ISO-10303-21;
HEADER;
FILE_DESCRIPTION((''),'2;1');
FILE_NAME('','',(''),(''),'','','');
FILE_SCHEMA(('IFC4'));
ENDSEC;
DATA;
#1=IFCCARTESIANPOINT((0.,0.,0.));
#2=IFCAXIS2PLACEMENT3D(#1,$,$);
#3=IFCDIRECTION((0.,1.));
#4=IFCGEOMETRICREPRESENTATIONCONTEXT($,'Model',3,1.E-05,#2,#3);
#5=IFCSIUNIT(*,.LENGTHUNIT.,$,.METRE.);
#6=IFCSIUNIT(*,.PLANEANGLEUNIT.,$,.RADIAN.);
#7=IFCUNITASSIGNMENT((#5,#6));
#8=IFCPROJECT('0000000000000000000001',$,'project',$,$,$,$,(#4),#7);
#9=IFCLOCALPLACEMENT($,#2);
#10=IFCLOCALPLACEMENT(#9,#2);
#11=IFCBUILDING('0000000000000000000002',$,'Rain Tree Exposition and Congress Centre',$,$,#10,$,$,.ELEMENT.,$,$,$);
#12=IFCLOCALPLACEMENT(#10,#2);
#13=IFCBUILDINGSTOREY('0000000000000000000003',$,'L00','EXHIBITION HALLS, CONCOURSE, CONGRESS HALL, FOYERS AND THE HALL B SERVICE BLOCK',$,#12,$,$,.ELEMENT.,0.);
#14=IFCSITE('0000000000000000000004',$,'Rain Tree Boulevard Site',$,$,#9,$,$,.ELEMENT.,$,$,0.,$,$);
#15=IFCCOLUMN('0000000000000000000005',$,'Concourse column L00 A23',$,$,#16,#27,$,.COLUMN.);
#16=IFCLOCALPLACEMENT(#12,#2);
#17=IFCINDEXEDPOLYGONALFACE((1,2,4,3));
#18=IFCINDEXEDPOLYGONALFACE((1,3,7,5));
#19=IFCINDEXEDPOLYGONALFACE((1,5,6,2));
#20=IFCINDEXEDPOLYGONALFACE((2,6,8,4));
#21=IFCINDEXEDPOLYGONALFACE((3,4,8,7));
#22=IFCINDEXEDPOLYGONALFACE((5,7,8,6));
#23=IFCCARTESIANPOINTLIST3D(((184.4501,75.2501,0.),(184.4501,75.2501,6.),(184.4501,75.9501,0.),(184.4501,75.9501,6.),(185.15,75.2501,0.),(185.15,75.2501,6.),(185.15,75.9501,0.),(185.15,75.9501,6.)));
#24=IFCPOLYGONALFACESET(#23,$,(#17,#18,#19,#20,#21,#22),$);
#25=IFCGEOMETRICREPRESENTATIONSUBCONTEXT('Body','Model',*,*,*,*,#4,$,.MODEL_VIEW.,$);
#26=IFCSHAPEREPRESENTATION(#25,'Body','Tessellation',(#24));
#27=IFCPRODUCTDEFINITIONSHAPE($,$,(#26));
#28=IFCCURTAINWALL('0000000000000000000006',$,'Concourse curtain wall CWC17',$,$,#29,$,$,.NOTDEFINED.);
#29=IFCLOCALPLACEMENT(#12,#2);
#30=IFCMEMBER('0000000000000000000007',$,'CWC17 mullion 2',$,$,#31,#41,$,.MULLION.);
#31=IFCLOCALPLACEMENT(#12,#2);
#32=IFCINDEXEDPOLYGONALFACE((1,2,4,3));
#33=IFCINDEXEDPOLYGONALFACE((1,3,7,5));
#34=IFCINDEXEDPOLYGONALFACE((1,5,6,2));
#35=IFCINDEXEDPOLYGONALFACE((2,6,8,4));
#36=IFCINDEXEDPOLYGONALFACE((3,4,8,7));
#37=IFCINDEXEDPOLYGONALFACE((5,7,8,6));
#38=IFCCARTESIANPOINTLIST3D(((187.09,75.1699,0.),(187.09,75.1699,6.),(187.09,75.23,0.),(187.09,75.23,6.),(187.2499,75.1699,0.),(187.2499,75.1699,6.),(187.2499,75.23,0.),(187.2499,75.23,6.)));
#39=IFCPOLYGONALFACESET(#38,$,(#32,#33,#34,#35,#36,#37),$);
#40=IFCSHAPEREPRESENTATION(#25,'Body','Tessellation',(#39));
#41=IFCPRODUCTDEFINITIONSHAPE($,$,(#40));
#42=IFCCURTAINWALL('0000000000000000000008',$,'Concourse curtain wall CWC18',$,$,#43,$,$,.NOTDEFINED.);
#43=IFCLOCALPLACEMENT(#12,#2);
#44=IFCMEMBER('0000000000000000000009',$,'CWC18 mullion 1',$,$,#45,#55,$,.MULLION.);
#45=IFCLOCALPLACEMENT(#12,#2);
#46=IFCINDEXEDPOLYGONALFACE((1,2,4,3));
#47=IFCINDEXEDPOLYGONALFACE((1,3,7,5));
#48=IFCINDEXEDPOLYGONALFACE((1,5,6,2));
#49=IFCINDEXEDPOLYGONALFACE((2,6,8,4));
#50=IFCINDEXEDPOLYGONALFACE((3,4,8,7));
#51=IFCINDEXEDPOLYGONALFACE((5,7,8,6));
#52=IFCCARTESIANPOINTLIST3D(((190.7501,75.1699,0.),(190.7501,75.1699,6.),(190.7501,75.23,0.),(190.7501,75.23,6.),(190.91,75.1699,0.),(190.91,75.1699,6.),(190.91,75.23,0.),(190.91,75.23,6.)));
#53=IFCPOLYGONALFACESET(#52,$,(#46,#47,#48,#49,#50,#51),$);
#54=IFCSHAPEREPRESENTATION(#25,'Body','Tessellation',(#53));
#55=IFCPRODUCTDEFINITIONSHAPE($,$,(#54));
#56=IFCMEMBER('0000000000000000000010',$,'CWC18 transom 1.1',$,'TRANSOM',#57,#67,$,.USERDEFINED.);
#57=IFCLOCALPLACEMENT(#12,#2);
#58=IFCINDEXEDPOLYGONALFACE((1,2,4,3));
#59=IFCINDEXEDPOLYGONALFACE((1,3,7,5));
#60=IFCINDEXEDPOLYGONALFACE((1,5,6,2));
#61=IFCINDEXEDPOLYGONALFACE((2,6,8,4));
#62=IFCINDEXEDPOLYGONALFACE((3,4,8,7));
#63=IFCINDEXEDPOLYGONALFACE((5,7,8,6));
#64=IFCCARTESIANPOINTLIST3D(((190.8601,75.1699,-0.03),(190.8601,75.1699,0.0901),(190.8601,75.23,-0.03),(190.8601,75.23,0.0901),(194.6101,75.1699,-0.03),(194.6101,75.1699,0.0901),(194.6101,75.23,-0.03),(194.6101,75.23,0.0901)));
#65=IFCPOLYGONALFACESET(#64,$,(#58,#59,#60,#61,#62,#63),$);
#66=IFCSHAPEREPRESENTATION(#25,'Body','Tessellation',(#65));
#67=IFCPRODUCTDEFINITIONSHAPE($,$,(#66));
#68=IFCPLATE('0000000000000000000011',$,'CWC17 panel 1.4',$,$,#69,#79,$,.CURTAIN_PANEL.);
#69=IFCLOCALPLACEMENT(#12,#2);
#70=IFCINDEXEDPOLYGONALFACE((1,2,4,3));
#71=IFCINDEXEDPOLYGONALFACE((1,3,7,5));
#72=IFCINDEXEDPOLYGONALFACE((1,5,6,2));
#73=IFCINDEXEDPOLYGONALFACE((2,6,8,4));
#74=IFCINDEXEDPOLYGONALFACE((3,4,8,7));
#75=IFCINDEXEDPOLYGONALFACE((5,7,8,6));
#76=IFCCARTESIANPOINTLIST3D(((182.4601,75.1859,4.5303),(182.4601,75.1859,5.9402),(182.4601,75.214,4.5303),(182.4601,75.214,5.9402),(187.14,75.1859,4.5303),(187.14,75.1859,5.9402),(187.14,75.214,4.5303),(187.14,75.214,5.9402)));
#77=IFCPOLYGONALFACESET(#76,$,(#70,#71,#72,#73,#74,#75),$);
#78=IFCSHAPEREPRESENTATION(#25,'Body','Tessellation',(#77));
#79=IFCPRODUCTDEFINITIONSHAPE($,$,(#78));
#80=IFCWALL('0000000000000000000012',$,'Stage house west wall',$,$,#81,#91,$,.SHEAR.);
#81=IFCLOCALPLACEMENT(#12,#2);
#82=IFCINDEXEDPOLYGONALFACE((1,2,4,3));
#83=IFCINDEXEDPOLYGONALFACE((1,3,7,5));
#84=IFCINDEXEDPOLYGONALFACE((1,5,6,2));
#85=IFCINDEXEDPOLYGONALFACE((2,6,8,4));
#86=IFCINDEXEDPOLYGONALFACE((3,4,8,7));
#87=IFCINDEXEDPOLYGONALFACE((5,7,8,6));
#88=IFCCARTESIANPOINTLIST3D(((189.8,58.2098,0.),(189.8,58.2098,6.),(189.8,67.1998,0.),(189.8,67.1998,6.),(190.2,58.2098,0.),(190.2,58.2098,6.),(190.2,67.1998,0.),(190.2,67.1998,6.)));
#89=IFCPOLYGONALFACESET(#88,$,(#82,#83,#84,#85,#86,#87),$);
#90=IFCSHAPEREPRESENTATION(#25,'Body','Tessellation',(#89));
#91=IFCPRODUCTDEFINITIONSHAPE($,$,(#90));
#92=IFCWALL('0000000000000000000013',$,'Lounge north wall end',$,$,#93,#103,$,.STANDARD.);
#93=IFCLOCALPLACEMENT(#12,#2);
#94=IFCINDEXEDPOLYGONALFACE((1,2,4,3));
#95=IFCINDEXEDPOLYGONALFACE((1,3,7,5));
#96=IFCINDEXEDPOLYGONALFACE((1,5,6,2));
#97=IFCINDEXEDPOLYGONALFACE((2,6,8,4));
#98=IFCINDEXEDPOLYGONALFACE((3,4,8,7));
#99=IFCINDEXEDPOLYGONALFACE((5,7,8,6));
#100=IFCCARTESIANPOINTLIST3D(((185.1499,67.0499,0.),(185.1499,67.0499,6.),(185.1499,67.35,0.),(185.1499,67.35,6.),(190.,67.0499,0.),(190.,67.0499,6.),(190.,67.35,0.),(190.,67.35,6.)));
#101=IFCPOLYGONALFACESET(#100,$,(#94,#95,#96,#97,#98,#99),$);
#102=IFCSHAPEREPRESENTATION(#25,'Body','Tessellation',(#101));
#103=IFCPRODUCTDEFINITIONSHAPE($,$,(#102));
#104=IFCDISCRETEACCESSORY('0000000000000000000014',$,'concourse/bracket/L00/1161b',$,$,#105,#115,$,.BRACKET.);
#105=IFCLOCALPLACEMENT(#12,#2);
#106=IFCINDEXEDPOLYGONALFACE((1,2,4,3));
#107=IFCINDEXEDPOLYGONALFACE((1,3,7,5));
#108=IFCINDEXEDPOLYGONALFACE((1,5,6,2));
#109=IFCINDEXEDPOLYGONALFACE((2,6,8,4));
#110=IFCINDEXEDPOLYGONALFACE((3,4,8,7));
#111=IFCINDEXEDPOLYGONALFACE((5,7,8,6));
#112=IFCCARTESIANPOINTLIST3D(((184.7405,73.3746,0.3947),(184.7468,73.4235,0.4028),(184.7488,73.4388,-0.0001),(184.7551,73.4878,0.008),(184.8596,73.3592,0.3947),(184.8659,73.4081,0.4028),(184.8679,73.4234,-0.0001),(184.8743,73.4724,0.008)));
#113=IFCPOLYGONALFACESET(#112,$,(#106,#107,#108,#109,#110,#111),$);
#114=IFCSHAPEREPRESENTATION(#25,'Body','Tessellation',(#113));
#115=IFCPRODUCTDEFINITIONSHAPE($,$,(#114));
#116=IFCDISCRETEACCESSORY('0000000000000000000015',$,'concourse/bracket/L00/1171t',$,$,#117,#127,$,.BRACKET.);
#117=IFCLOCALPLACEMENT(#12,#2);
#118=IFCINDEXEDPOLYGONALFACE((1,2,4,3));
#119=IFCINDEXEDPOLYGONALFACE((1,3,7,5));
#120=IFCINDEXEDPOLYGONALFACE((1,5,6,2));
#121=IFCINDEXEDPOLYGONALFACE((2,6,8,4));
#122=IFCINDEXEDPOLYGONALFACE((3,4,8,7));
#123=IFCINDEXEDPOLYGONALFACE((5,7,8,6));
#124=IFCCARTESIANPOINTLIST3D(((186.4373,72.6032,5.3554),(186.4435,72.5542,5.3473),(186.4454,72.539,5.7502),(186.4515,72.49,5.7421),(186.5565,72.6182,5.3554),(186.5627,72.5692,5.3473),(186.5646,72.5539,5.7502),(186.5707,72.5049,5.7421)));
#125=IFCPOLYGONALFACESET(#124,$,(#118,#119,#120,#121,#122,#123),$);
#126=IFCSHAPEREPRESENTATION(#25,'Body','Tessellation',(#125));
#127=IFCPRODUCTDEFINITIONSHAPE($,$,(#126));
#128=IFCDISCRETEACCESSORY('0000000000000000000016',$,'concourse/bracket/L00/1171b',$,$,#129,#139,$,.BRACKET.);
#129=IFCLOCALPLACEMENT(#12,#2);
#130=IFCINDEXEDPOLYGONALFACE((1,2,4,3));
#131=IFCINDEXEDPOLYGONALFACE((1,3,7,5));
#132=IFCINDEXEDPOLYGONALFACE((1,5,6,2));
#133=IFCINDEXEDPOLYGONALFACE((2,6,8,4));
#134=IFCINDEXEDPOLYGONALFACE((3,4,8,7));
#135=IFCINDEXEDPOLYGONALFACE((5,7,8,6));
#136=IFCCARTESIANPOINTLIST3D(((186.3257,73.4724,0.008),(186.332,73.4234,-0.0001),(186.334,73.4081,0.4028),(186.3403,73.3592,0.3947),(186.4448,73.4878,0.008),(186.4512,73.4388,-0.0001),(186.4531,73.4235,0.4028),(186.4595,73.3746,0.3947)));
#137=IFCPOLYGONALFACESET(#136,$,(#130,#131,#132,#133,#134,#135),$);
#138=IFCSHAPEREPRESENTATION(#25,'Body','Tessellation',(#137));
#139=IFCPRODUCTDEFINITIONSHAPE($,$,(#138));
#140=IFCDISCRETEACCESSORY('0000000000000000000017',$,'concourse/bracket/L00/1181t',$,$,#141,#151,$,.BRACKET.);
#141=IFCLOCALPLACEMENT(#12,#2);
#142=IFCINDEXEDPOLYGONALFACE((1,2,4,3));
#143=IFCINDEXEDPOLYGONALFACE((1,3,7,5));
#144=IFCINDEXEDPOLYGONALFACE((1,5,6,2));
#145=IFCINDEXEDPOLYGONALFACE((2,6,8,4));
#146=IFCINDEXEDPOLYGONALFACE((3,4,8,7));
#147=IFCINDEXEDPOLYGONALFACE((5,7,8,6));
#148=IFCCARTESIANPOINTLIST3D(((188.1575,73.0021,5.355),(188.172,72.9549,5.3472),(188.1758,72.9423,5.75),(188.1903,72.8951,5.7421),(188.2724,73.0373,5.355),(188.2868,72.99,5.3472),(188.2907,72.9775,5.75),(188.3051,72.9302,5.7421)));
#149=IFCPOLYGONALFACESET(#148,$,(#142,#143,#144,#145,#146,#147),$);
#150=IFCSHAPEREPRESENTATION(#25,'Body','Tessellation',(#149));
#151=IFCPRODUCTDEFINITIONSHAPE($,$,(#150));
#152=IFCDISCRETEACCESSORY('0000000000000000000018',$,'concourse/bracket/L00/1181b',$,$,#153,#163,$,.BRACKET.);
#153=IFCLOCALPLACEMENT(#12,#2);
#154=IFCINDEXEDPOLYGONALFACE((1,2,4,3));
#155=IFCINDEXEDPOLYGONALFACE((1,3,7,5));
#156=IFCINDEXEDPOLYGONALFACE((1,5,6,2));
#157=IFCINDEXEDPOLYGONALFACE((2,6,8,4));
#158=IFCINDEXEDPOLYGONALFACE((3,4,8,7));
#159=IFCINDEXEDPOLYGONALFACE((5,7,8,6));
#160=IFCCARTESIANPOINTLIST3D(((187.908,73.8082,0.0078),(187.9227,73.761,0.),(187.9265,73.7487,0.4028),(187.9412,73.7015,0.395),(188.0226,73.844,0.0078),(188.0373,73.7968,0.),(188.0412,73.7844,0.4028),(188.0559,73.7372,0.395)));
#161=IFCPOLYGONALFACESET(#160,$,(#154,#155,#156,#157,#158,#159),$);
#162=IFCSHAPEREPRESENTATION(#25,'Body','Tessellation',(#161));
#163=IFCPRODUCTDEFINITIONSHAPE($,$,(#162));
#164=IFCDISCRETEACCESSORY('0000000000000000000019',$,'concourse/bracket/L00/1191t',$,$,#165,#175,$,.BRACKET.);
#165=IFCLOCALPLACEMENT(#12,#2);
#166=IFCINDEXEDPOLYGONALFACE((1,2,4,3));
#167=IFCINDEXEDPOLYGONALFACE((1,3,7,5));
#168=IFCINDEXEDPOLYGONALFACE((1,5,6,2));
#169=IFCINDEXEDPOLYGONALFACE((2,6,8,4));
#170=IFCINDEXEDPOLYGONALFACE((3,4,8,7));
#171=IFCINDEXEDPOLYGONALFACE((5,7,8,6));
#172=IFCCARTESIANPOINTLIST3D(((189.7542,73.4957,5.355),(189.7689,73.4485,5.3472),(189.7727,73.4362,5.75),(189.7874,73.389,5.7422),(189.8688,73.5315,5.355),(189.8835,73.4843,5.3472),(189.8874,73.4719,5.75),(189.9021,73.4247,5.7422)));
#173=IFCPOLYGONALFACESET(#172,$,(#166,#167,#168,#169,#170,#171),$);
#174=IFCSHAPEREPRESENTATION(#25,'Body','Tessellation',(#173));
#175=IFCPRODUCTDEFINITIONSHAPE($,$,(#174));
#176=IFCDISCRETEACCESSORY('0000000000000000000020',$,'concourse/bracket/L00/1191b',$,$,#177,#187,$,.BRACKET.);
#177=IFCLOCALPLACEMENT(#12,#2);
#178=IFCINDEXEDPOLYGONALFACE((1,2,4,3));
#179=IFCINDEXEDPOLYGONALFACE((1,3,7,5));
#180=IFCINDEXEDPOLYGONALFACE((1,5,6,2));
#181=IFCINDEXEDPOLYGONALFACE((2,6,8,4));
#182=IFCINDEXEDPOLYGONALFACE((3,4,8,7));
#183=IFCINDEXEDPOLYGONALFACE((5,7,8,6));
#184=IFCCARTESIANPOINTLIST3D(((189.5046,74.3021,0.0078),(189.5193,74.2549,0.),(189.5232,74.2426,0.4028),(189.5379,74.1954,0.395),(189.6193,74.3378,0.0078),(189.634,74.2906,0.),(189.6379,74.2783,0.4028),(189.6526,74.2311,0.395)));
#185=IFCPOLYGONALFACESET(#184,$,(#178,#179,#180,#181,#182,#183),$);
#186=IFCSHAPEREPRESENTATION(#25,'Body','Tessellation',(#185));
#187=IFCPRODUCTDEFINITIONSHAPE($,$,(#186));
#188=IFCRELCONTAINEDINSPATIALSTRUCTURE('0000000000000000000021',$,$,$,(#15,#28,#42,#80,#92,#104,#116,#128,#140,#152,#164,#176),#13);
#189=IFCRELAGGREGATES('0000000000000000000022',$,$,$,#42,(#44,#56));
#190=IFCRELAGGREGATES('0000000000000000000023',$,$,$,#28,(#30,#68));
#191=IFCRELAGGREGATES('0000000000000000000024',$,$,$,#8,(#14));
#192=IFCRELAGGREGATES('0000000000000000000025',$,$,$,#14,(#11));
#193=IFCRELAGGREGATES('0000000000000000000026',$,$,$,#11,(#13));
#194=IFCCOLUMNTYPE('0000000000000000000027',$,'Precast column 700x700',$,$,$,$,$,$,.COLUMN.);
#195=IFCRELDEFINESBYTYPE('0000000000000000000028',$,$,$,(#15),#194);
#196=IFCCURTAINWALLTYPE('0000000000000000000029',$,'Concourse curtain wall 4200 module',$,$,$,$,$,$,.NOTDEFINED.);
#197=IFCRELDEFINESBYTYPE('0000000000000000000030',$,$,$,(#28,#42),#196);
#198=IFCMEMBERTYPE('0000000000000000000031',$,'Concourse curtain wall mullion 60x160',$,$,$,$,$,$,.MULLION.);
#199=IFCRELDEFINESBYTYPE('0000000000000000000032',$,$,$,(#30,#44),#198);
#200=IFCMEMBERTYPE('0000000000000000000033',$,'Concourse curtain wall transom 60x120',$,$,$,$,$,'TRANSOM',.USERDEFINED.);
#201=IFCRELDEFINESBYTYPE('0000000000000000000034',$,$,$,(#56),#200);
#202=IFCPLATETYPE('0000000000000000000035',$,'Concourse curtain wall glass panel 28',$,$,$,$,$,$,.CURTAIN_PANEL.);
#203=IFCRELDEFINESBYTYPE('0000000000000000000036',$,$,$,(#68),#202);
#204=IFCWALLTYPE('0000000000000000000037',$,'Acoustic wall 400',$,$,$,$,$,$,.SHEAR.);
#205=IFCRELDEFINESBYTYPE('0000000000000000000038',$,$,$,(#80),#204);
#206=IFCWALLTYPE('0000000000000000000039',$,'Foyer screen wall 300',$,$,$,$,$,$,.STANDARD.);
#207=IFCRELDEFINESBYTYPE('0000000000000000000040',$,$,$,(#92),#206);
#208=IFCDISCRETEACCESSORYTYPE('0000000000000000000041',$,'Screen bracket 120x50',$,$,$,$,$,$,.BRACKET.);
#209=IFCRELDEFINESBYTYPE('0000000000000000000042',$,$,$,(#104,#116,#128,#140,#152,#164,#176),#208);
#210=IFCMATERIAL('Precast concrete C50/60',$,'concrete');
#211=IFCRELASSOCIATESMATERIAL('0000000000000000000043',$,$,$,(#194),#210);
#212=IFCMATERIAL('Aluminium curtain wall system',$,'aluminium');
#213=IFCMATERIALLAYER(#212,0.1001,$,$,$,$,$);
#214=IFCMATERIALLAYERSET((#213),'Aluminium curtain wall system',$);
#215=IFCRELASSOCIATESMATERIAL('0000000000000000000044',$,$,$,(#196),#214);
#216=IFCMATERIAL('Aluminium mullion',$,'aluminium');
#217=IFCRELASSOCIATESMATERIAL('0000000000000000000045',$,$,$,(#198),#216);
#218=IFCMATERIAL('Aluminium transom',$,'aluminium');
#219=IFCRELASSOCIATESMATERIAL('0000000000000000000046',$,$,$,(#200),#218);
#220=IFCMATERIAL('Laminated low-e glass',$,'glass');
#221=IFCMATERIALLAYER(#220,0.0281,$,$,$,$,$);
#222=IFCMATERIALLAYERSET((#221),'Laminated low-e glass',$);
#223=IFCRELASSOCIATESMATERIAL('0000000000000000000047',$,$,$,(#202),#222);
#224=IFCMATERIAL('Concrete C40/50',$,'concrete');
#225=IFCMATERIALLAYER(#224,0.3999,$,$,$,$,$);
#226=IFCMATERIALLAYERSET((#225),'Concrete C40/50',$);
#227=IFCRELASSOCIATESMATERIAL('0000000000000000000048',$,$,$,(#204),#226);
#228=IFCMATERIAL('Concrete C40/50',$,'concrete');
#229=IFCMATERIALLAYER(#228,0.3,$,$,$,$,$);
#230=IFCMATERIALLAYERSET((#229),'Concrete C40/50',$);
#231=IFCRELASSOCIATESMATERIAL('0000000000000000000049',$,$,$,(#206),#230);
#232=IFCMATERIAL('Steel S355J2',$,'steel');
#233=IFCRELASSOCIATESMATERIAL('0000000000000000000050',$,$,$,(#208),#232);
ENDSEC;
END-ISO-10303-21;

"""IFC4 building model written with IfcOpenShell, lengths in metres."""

from ifc_helpers import new_model, si_unit, direction, frame, frame_2d, origin, origin_2d, place, context, subcontext, project, spatial, rectangle, extrude, material, layer, layer_set, material_profile, profile_set, type_object, element, aggregate, save


model = new_model("IFC4")

# Units and contexts
model_context = context("Model", 3, precision=1e-05, world=origin(), true_north=direction((0.0, 1.0)))
body_context = subcontext(model_context, "Body", "Model", "MODEL_VIEW")
ifc_project = project(units=[si_unit("LENGTHUNIT", "METRE"), si_unit("PLANEANGLEUNIT", "RADIAN")], contexts=[model_context])

# Site, building, storey
site_placement = place(None, origin())
site = spatial("IfcSite", under=ifc_project, at=site_placement, Name="Rain Tree Boulevard Site", CompositionType="ELEMENT", RefElevation=0.0)
building_placement = place(site_placement, origin())
building = spatial("IfcBuilding", under=site, at=building_placement, Name="Rain Tree Exposition and Congress Centre", CompositionType="ELEMENT")
storey_placement = place(building_placement, origin())
storey = spatial("IfcBuildingStorey", under=building, at=storey_placement, Name="L00", Description="EXHIBITION HALLS, CONCOURSE, CONGRESS HALL, FOYERS AND THE HALL B SERVICE BLOCK", CompositionType="ELEMENT", Elevation=0.0)

# Column
ifc_material_1 = material(Name="Precast concrete C50/60", Category="concrete")
ifc_material_profile_1 = material_profile(ifc_material_1, rectangle(XDim=0.7, YDim=0.7, at=origin_2d()), Name="RC 700x700")
ifc_profile_set_1 = profile_set([ifc_material_profile_1], Name="Precast concrete C50/60")
column_type = type_object("IfcColumnType", Name="Precast column 700x700", PredefinedType="COLUMN", material=ifc_profile_set_1)
column_placement = place(storey_placement, frame((184.8, 75.6001, 0.0), z_axis=(0.0, 0.0, 1.0), x_axis=(1.0, 0.0, 0.0)))
element("IfcColumn", 1, at=column_placement, inside=storey, type_object=column_type, Name="Concourse column L00 A23", PredefinedType="COLUMN", context=body_context, shape_type="SweptSolid", body=[
    extrude(rectangle(XDim=0.7, YDim=0.7, at=origin_2d()), origin(), (0.0, 0.0, 1.0), 6.0),
])

# Curtain wall, member
ifc_material_2 = material(Name="Aluminium curtain wall system", Category="aluminium")
ifc_layer_1 = layer(ifc_material_2, 0.1001)
ifc_layer_set_1 = layer_set([ifc_layer_1], Name="Aluminium curtain wall system")
curtain_wall_type = type_object("IfcCurtainWallType", Name="Concourse curtain wall 4200 module", PredefinedType="NOTDEFINED", material=ifc_layer_set_1)
curtain_wall_1_placement = place(storey_placement, origin())
curtain_wall_1 = element("IfcCurtainWall", 2, at=curtain_wall_1_placement, inside=storey, type_object=curtain_wall_type, Name="Concourse curtain wall CWC17", PredefinedType="NOTDEFINED")
ifc_material_3 = material(Name="Aluminium mullion", Category="aluminium")
ifc_material_profile_2 = material_profile(ifc_material_3, rectangle(XDim=0.0601, YDim=0.1599, at=origin_2d()), Name="AL 60x160")
ifc_profile_set_2 = profile_set([ifc_material_profile_2], Name="Aluminium mullion")
member_type_1 = type_object("IfcMemberType", Name="Concourse curtain wall mullion 60x160", PredefinedType="MULLION", material=ifc_profile_set_2)
member_1_placement = place(storey_placement, frame((187.1699, 75.2, 0.0), z_axis=(0.0, 0.0, 1.0), x_axis=(0.0, 1.0, 0.0)))
member_1 = element("IfcMember", 3, at=member_1_placement, type_object=member_type_1, Name="CWC17 mullion 2", PredefinedType="MULLION", context=body_context, shape_type="SweptSolid", body=[
    extrude(rectangle(XDim=0.0601, YDim=0.1599, at=origin_2d()), origin(), (0.0, 0.0, 1.0), 6.0),
])

# Curtain wall, members
curtain_wall_2_placement = place(storey_placement, origin())
curtain_wall_2 = element("IfcCurtainWall", 4, at=curtain_wall_2_placement, inside=storey, type_object=curtain_wall_type, Name="Concourse curtain wall CWC18", PredefinedType="NOTDEFINED")
member_2_placement = place(storey_placement, frame((190.8301, 75.2, 0.0), z_axis=(0.0, 0.0, 1.0), x_axis=(0.0, 1.0, 0.0)))
member_2 = element("IfcMember", 5, at=member_2_placement, type_object=member_type_1, Name="CWC18 mullion 1", PredefinedType="MULLION", context=body_context, shape_type="SweptSolid", body=[
    extrude(rectangle(XDim=0.0601, YDim=0.1599, at=origin_2d()), origin(), (0.0, 0.0, 1.0), 6.0),
])
ifc_material_4 = material(Name="Aluminium transom", Category="aluminium")
ifc_material_profile_3 = material_profile(ifc_material_4, rectangle(XDim=0.0601, YDim=0.1201, at=origin_2d()), Name="AL 60x120")
ifc_profile_set_3 = profile_set([ifc_material_profile_3], Name="Aluminium transom")
member_type_2 = type_object("IfcMemberType", Name="Concourse curtain wall transom 60x120", ElementType="TRANSOM", PredefinedType="USERDEFINED", material=ifc_profile_set_3)
member_3_placement = place(storey_placement, frame((190.8601, 75.2, 0.03), z_axis=(1.0, 0.0, 0.0), x_axis=(0.0, 1.0, 0.0)))
member_3 = element("IfcMember", 6, at=member_3_placement, type_object=member_type_2, Name="CWC18 transom 1.1", ObjectType="TRANSOM", PredefinedType="USERDEFINED", context=body_context, shape_type="SweptSolid", body=[
    extrude(rectangle(XDim=0.0601, YDim=0.1201, at=origin_2d()), origin(), (0.0, 0.0, 1.0), 3.75),
])
aggregate(curtain_wall_2, [member_2, member_3])

# Plate
ifc_material_5 = material(Name="Laminated low-e glass", Category="glass")
ifc_layer_2 = layer(ifc_material_5, 0.0281)
ifc_layer_set_2 = layer_set([ifc_layer_2], Name="Laminated low-e glass")
plate_type = type_object("IfcPlateType", Name="Concourse curtain wall glass panel 28", PredefinedType="CURTAIN_PANEL", material=ifc_layer_set_2)
plate_placement = place(storey_placement, frame((184.8, 75.2, 4.5303), z_axis=(0.0, 0.0, 1.0), x_axis=(1.0, 0.0, 0.0)))
plate = element("IfcPlate", 7, at=plate_placement, type_object=plate_type, Name="CWC17 panel 1.4", PredefinedType="CURTAIN_PANEL", context=body_context, shape_type="SweptSolid", body=[
    extrude(rectangle(XDim=4.6799, YDim=0.0281, at=origin_2d()), origin(), (0.0, 0.0, 1.0), 1.4099),
])
aggregate(curtain_wall_1, [member_1, plate])

# Wall
ifc_material_6 = material(Name="Concrete C40/50", Category="concrete")
ifc_layer_3 = layer(ifc_material_6, 0.3999)
ifc_layer_set_3 = layer_set([ifc_layer_3], Name="Concrete C40/50")
wall_type_1 = type_object("IfcWallType", Name="Acoustic wall 400", PredefinedType="SHEAR", material=ifc_layer_set_3)
wall_1_placement = place(storey_placement, frame((190.0, 67.2, 0.0), z_axis=(0.0, 0.0, 1.0), x_axis=(0.0, -1.0, 0.0)))
element("IfcWall", 8, at=wall_1_placement, inside=storey, type_object=wall_type_1, Name="Stage house west wall", PredefinedType="SHEAR", context=body_context, shape_type="SweptSolid", body=[
    extrude(rectangle(XDim=8.99, YDim=0.3999, at=frame_2d((4.4951, 0.0))), origin(), (0.0, 0.0, 1.0), 6.0),
])

# Wall
ifc_material_7 = material(Name="Concrete C40/50", Category="concrete")
ifc_layer_4 = layer(ifc_material_7, 0.3)
ifc_layer_set_4 = layer_set([ifc_layer_4], Name="Concrete C40/50")
wall_type_2 = type_object("IfcWallType", Name="Foyer screen wall 300", PredefinedType="STANDARD", material=ifc_layer_set_4)
wall_2_placement = place(storey_placement, frame((185.1499, 67.2, 0.0), z_axis=(0.0, 0.0, 1.0), x_axis=(1.0, 0.0, 0.0)))
element("IfcWall", 9, at=wall_2_placement, inside=storey, type_object=wall_type_2, Name="Lounge north wall end", PredefinedType="STANDARD", context=body_context, shape_type="SweptSolid", body=[
    extrude(rectangle(XDim=4.8501, YDim=0.3, at=frame_2d((2.425, 0.0))), origin(), (0.0, 0.0, 1.0), 6.0),
])

# Discrete accessories
ifc_material_8 = material(Name="Steel S355J2", Category="steel")
ifc_material_profile_4 = material_profile(ifc_material_8, rectangle(XDim=0.1201, YDim=0.05, at=origin_2d()), Name="Flat bar 120x50")
ifc_profile_set_4 = profile_set([ifc_material_profile_4], Name="Steel S355J2")
discrete_accessory_type = type_object("IfcDiscreteAccessoryType", Name="Screen bracket 120x50", PredefinedType="BRACKET", material=ifc_profile_set_4)
for number, where, z_axis, x_axis, name in (
    (10, (184.8115, 73.4556, 0.0039), (-0.020749, -0.160503, 0.986817), (0.991747, -0.128211, 0.0), "concourse/bracket/L00/1161b"),
    (11, (186.5, 72.5862, 5.3513), (0.020139, -0.160505, 0.98683), (0.99222, 0.124499, 0.0), "concourse/bracket/L00/1171t"),
    (12, (186.3884, 73.4556, 0.0039), (0.020749, -0.160503, 0.986817), (0.991747, 0.128211, 0.0), "concourse/bracket/L00/1171b"),
):
    element("IfcDiscreteAccessory", number, at=place(storey_placement, frame(where, z_axis=z_axis, x_axis=x_axis)), inside=storey, type_object=discrete_accessory_type, Name=name, PredefinedType="BRACKET", context=body_context, shape_type="SweptSolid", body=[
        extrude(rectangle(XDim=0.1201, YDim=0.05, at=origin_2d()), origin(), (0.0, 0.0, 1.0), 0.4001),
    ])
for number, where, z_axis, x_axis, name in (
    (13, (188.2222, 72.9961, 5.3511), (0.045783, -0.149558, 0.987692), (0.9562, 0.292714, 0.0), "concourse/bracket/L00/1181t"),
    (14, (187.9727, 73.8025, 0.0039), (0.046396, -0.148957, 0.987755), (0.954758, 0.297384, 0.0), "concourse/bracket/L00/1181b"),
    (15, (189.8188, 73.49, 5.3511), (0.046396, -0.148957, 0.987755), (0.954758, 0.297384, 0.0), "concourse/bracket/L00/1191t"),
    (16, (189.5693, 74.2964, 0.0039), (0.046396, -0.148957, 0.987755), (0.954758, 0.297384, 0.0), "concourse/bracket/L00/1191b"),
):
    element("IfcDiscreteAccessory", number, at=place(storey_placement, frame(where, z_axis=z_axis, x_axis=x_axis)), inside=storey, type_object=discrete_accessory_type, Name=name, PredefinedType="BRACKET", context=body_context, shape_type="SweptSolid", body=[
        extrude(rectangle(XDim=0.1201, YDim=0.05, at=origin_2d()), origin(), (0.0, 0.0, 1.0), 0.3999),
    ])

save(model, "model.ifc")
